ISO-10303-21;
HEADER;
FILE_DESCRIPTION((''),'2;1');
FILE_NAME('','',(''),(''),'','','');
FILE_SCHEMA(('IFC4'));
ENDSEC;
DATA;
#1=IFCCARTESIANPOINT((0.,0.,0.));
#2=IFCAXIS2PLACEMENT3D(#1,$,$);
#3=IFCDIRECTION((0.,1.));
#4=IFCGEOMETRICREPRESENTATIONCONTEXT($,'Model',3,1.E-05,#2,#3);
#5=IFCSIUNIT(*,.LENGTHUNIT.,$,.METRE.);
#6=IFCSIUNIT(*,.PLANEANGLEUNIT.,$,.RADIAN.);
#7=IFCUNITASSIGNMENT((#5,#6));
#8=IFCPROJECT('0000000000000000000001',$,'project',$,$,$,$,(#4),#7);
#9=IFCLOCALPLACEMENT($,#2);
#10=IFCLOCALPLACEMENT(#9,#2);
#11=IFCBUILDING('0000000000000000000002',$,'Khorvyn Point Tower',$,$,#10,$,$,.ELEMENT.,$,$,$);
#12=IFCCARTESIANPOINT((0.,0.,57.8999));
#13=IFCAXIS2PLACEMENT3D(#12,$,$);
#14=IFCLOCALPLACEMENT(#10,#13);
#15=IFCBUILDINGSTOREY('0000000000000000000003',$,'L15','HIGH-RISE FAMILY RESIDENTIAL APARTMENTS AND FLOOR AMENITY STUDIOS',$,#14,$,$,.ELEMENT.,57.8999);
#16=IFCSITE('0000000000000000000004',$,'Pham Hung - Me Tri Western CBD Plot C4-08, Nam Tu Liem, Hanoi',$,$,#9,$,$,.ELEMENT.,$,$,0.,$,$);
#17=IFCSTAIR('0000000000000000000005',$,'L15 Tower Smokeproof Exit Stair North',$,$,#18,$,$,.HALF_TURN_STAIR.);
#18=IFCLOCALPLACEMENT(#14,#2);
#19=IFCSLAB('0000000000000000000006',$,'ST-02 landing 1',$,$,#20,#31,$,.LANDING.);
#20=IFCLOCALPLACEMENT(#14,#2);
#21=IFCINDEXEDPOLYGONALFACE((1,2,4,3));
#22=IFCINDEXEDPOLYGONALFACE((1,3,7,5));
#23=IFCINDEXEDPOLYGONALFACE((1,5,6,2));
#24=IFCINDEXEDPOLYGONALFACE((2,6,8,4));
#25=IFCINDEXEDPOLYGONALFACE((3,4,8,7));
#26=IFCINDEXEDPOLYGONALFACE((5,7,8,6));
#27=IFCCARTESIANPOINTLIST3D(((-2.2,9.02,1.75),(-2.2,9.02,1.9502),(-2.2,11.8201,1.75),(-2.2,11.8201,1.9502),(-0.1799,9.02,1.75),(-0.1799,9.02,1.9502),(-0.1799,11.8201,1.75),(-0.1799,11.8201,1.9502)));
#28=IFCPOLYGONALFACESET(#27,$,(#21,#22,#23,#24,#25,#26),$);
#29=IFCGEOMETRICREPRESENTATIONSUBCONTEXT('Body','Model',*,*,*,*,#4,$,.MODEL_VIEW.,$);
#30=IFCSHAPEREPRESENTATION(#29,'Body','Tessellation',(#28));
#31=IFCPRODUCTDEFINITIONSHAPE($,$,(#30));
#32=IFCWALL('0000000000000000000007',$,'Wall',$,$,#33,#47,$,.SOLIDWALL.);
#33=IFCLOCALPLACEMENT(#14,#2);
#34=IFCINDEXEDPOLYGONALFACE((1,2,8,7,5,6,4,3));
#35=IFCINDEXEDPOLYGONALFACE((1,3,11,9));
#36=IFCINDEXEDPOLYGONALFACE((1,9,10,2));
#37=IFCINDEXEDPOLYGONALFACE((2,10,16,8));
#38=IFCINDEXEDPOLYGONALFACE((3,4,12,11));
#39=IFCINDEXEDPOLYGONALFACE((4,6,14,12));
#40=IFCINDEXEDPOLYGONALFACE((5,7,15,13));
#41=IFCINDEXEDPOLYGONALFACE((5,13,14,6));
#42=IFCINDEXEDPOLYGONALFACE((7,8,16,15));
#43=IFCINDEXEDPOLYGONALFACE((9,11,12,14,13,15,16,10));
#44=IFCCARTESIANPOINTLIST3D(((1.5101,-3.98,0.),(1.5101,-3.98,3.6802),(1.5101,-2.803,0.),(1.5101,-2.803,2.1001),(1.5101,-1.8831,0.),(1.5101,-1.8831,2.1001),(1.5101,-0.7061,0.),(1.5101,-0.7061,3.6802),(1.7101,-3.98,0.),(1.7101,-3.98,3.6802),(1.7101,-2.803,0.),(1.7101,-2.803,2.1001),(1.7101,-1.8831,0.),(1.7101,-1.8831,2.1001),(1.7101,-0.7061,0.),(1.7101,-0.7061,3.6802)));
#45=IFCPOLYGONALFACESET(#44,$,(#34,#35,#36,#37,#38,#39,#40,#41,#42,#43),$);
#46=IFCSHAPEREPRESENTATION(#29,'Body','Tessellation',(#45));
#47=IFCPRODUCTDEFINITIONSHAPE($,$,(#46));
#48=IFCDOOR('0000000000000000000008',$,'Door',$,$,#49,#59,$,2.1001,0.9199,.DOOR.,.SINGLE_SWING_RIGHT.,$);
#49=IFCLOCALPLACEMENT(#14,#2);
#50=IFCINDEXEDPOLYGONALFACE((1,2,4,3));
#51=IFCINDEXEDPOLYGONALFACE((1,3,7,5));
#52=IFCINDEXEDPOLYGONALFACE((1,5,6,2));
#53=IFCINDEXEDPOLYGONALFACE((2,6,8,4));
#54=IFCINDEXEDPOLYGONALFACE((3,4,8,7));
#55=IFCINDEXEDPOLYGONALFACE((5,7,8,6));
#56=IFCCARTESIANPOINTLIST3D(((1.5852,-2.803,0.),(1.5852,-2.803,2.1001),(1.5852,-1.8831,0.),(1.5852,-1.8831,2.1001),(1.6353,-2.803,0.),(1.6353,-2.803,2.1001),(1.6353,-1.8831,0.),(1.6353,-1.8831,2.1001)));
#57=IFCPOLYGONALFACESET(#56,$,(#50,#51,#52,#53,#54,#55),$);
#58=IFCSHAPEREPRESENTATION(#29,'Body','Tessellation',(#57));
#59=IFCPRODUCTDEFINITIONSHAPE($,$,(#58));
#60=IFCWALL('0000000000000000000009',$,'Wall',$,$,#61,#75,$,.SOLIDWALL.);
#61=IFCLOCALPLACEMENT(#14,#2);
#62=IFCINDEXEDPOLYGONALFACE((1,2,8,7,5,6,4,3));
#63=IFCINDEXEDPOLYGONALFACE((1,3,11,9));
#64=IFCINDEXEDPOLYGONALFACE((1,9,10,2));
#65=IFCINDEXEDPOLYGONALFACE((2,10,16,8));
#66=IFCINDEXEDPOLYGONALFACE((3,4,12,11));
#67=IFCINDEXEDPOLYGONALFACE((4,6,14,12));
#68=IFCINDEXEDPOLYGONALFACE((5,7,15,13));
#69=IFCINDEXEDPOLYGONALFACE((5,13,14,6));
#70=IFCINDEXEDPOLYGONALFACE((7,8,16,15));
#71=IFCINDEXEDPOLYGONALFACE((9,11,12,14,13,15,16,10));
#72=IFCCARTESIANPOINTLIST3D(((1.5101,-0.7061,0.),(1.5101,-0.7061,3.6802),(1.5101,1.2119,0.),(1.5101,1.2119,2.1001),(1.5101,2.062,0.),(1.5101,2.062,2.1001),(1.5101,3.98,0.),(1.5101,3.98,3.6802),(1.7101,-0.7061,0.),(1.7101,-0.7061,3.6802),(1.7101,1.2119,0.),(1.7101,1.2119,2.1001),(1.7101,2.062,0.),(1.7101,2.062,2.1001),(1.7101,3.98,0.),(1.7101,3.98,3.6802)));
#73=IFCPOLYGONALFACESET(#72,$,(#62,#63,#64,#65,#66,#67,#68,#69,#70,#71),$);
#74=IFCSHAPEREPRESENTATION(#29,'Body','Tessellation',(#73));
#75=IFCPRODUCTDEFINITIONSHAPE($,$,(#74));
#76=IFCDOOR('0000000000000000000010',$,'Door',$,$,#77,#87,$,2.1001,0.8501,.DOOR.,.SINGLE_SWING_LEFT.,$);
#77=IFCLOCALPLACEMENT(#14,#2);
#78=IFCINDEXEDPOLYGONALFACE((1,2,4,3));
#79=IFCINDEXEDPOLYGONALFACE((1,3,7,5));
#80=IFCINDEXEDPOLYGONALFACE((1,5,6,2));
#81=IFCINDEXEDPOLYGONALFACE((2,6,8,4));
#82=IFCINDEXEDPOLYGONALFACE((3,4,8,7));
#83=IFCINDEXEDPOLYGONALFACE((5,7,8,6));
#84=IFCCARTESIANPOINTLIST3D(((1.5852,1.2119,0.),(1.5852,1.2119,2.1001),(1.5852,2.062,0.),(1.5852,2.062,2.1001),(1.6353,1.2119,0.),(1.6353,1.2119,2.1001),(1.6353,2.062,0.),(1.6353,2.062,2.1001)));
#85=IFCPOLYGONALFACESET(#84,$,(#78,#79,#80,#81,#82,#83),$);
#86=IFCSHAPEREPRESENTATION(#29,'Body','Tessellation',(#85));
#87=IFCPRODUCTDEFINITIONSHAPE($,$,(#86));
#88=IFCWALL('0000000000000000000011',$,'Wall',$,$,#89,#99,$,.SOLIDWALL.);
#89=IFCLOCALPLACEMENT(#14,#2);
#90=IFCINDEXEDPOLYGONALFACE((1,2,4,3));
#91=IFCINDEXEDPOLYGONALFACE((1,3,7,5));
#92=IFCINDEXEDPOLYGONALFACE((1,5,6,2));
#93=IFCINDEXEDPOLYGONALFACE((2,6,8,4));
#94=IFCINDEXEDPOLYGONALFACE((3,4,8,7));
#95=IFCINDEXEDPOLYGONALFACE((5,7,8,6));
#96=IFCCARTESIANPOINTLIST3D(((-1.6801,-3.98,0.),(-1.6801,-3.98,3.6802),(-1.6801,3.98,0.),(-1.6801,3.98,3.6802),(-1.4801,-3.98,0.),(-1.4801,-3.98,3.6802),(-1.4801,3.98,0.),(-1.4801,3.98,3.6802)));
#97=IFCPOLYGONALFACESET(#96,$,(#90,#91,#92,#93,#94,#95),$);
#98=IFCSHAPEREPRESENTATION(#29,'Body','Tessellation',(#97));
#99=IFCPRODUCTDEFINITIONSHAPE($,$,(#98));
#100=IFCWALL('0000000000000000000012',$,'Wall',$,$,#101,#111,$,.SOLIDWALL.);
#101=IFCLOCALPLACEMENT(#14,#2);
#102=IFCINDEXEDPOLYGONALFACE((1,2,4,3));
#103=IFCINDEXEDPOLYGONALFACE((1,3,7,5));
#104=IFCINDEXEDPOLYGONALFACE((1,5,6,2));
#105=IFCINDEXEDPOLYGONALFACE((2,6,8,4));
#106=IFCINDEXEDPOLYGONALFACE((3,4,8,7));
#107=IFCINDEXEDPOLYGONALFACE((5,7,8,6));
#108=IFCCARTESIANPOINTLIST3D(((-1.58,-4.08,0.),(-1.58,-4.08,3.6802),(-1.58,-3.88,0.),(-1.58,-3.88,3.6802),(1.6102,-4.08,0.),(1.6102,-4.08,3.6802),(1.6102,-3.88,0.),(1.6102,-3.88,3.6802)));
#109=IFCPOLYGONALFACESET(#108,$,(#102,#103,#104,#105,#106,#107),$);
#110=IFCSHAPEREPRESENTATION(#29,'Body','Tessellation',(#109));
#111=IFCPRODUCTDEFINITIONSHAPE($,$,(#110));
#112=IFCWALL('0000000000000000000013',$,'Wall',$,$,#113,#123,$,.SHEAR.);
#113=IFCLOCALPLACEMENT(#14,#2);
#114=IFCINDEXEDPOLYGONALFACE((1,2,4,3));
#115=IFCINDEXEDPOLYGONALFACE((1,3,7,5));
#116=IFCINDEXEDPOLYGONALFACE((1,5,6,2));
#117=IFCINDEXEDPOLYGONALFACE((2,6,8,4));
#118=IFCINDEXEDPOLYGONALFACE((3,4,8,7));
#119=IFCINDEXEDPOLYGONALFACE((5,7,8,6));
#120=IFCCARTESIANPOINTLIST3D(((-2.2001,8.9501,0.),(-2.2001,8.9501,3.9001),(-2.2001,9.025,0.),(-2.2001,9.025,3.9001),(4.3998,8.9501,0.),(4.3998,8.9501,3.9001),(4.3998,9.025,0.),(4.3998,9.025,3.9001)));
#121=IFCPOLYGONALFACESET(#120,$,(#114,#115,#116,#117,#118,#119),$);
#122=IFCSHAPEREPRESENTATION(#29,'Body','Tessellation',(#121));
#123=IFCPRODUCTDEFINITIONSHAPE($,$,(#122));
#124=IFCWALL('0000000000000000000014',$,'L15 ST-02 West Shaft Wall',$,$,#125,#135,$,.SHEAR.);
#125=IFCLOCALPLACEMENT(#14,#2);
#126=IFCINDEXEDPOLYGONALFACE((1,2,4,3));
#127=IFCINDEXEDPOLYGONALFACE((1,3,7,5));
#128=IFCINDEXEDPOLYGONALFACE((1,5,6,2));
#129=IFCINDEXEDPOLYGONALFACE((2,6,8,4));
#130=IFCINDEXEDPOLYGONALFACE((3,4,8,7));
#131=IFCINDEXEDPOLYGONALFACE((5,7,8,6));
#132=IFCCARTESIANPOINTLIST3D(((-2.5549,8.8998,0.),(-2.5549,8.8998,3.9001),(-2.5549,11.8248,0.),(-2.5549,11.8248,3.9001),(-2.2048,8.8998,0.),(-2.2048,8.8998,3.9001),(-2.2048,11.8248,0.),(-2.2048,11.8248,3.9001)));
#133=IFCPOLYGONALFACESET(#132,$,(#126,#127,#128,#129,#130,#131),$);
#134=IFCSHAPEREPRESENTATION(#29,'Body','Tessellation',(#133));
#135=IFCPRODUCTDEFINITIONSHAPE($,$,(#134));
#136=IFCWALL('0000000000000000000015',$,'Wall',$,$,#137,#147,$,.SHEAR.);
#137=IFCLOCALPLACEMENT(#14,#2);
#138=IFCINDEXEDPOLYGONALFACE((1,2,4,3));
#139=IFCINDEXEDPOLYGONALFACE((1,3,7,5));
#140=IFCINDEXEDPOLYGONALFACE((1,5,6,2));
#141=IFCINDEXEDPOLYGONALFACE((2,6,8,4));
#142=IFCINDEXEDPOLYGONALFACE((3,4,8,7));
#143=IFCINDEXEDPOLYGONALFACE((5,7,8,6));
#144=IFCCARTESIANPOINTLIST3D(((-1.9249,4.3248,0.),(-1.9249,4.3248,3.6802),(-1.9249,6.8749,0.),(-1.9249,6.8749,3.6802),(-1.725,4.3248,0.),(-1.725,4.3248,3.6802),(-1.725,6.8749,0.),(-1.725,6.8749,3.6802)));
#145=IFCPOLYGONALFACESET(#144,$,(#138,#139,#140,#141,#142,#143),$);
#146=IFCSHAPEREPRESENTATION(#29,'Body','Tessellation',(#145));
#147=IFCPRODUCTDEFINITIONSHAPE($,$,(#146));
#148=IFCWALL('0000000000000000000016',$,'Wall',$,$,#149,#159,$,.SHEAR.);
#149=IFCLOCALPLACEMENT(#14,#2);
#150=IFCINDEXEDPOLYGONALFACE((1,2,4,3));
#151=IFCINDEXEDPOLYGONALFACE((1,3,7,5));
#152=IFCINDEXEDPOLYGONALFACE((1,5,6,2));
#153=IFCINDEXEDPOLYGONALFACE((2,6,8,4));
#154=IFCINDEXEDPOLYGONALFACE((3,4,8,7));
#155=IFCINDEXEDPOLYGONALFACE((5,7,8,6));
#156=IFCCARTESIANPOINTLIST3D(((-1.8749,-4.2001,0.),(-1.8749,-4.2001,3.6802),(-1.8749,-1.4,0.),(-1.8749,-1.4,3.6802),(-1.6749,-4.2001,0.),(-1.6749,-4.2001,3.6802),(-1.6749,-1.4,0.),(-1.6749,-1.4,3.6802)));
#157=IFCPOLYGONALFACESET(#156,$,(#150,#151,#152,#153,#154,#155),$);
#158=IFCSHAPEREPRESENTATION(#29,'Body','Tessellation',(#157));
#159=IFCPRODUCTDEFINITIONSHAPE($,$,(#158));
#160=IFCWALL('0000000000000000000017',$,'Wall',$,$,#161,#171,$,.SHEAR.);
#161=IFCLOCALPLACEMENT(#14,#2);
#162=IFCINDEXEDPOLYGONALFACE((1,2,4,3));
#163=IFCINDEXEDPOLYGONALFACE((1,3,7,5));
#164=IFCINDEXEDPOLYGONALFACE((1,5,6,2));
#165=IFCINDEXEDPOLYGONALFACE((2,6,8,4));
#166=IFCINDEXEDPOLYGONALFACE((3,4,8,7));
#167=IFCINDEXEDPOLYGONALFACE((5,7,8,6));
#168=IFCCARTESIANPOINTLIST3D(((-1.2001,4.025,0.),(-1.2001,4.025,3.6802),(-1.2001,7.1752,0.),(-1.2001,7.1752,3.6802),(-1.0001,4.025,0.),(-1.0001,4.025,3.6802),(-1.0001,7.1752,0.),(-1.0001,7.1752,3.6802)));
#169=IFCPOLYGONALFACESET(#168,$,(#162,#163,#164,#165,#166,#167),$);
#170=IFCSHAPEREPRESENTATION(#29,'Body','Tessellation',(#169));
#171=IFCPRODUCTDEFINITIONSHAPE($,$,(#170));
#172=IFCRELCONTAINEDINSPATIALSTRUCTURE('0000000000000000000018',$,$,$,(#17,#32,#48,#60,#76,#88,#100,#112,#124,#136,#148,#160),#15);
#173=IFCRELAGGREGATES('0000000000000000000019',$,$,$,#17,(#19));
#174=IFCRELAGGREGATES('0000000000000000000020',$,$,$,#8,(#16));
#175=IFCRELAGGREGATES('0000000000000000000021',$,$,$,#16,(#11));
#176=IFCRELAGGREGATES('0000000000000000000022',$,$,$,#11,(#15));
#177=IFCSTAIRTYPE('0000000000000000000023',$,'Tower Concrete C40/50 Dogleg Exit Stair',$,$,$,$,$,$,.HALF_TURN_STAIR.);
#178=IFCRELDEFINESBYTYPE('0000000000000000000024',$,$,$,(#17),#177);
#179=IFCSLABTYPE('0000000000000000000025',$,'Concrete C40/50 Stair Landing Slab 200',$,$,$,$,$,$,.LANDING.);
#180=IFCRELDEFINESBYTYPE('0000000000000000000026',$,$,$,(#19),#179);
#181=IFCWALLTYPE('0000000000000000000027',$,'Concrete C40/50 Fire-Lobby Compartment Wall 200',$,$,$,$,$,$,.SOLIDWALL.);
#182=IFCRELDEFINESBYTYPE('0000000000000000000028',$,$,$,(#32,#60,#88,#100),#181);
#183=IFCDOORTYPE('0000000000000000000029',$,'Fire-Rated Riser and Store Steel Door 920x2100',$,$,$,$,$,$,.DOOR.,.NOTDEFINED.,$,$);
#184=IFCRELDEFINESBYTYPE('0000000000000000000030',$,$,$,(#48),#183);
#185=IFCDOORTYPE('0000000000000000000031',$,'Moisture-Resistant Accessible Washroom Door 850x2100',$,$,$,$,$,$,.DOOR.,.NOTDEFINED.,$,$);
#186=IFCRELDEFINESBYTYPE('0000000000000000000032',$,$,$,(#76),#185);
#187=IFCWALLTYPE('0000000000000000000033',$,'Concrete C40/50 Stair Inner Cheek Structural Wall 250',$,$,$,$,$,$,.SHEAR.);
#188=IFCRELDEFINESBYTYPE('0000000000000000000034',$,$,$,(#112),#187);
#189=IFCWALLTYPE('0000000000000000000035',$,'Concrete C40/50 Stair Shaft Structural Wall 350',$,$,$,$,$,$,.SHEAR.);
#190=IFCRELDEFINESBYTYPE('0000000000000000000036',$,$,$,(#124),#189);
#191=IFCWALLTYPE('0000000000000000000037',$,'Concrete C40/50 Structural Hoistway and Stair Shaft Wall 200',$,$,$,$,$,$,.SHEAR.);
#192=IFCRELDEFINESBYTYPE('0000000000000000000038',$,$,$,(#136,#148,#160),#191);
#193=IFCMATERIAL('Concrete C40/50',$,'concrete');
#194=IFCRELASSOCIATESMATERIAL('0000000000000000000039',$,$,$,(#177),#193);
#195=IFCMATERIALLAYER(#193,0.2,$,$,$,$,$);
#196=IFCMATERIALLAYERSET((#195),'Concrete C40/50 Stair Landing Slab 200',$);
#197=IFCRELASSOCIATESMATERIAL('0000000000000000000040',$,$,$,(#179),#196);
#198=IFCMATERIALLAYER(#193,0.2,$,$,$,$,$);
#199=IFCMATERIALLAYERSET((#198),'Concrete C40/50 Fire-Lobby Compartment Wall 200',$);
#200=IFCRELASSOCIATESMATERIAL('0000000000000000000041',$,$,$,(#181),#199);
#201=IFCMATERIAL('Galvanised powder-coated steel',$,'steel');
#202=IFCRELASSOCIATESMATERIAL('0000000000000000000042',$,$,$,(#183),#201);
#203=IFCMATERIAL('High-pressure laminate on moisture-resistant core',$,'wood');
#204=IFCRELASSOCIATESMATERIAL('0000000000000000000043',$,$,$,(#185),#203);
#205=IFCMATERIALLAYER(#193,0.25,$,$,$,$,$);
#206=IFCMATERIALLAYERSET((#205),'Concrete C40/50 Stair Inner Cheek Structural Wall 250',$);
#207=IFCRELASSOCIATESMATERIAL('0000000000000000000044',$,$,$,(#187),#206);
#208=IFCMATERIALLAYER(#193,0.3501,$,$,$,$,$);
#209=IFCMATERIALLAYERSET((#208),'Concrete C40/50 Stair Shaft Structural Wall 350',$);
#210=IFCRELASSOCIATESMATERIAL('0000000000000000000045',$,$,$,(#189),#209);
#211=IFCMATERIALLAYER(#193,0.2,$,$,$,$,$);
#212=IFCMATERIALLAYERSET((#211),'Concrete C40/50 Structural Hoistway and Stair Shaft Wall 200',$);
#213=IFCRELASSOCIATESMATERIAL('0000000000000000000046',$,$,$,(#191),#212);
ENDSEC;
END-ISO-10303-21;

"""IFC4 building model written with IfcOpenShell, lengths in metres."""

from ifc_helpers import new_model, si_unit, direction, frame, frame_2d, origin, place, context, subcontext, project, spatial, polyline, rectangle, outline, extrude, material, layer, layer_set, type_object, element, fill, aggregate, save


model = new_model("IFC4")

# Units and contexts
model_context = context("Model", 3, precision=1e-05, world=origin(), true_north=direction((0.0, 1.0)))
body_context = subcontext(model_context, "Body", "Model", "MODEL_VIEW")
ifc_project = project(units=[si_unit("LENGTHUNIT", "METRE"), si_unit("PLANEANGLEUNIT", "RADIAN")], contexts=[model_context])

# Site, building, storey
site_placement = place(None, origin())
site = spatial("IfcSite", under=ifc_project, at=site_placement, Name="Pham Hung - Me Tri Western CBD Plot C4-08, Nam Tu Liem, Hanoi", CompositionType="ELEMENT", RefElevation=0.0)
building_placement = place(site_placement, origin())
building = spatial("IfcBuilding", under=site, at=building_placement, Name="Khorvyn Point Tower", CompositionType="ELEMENT")
storey_placement = place(building_placement, frame((0.0, 0.0, 57.8999)))
storey = spatial("IfcBuildingStorey", under=building, at=storey_placement, Name="L15", Description="HIGH-RISE FAMILY RESIDENTIAL APARTMENTS AND FLOOR AMENITY STUDIOS", CompositionType="ELEMENT", Elevation=57.8999)

# Shared definitions
ifc_material_1 = material(Name="Concrete C40/50", Category="concrete")

# Stair, slab
stair_type = type_object("IfcStairType", Name="Tower Concrete C40/50 Dogleg Exit Stair", PredefinedType="HALF_TURN_STAIR", material=ifc_material_1)
ifc_layer_1 = layer(ifc_material_1, 0.2)
ifc_layer_set_1 = layer_set([ifc_layer_1], Name="Concrete C40/50 Stair Landing Slab 200")
slab_type_1 = type_object("IfcSlabType", Name="Concrete C40/50 Stair Landing Slab 200", PredefinedType="LANDING", material=ifc_layer_set_1)
stair_1_placement = place(storey_placement, origin())
stair_1 = element("IfcStair", 1, at=stair_1_placement, inside=storey, type_object=stair_type, Name="L15 Tower Smokeproof Exit Stair North", PredefinedType="HALF_TURN_STAIR")
slab_1_placement = place(storey_placement, frame((0.0, 0.0, 1.75)))
slab_1 = element("IfcSlab", 2, at=slab_1_placement, type_object=slab_type_1, Name="ST-02 landing 1", PredefinedType="LANDING", context=body_context, shape_type="SweptSolid", body=[
    extrude(outline(polyline([(-0.1799, 11.8201), (-2.2, 11.8201), (-2.2, 9.02), (-0.1799, 9.02), (-0.1799, 11.8201)])), origin(), (0.0, 0.0, 1.0), 0.2002),
])

# Walls, openings, doors
ifc_layer_2 = layer(ifc_material_1, 0.2)
ifc_layer_set_2 = layer_set([ifc_layer_2], Name="Concrete C40/50 Fire-Lobby Compartment Wall 200")
wall_type_1 = type_object("IfcWallType", Name="Concrete C40/50 Fire-Lobby Compartment Wall 200", PredefinedType="SOLIDWALL", material=ifc_layer_set_2)
wall_1_placement = place(storey_placement, frame((1.6101, -3.98, 0.0), z_axis=(0.0, 0.0, 1.0), x_axis=(0.0, 1.0, 0.0)))
wall_1 = element("IfcWall", 3, at=wall_1_placement, inside=storey, type_object=wall_type_1, Name="Wall", PredefinedType="SOLIDWALL", context=body_context, shape_type="SweptSolid", body=[
    extrude(rectangle(XDim=3.2739, YDim=0.2, at=frame_2d((1.637, 0.0))), origin(), (0.0, 0.0, 1.0), 3.6802),
])
opening_1_placement = place(wall_1_placement, frame((1.177, 0.0, 0.0)))
opening_1 = element("IfcOpeningElement", 4, at=opening_1_placement, cuts=wall_1, PredefinedType="OPENING", context=body_context, shape_type="SweptSolid", body=[
    extrude(rectangle(XDim=0.9199, YDim=2.1001, at=frame_2d((0.46, 1.05))), frame((0.0, 0.1099, 0.0), z_axis=(0.0, -1.0, 0.0), x_axis=(1.0, 0.0, 0.0)), (0.0, 0.0, 1.0), 0.22),
])
ifc_material_2 = material(Name="Galvanised powder-coated steel", Category="steel")
door_type_1 = type_object("IfcDoorType", Name="Fire-Rated Riser and Store Steel Door 920x2100", OperationType="NOTDEFINED", PredefinedType="DOOR", material=ifc_material_2)
door_1_placement = place(opening_1_placement, origin())
door_1 = element("IfcDoor", 5, at=door_1_placement, inside=storey, type_object=door_type_1, Name="Door", OperationType="SINGLE_SWING_RIGHT", OverallHeight=2.1001, OverallWidth=0.9199, PredefinedType="DOOR", context=body_context, shape_type="SweptSolid", body=[
    extrude(rectangle(XDim=0.9199, YDim=2.1001, at=frame_2d((0.46, 1.05))), frame((0.0, 0.0249, 0.0), z_axis=(0.0, -1.0, 0.0), x_axis=(1.0, 0.0, 0.0)), (0.0, 0.0, 1.0), 0.05),
])
fill(opening_1, door_1)
wall_2_placement = place(storey_placement, frame((1.6101, -0.7061, 0.0), z_axis=(0.0, 0.0, 1.0), x_axis=(0.0, 1.0, 0.0)))
wall_2 = element("IfcWall", 6, at=wall_2_placement, inside=storey, type_object=wall_type_1, Name="Wall", PredefinedType="SOLIDWALL", context=body_context, shape_type="SweptSolid", body=[
    extrude(rectangle(XDim=4.686, YDim=0.2, at=frame_2d((2.343, 0.0))), origin(), (0.0, 0.0, 1.0), 3.6802),
])
opening_2_placement = place(wall_2_placement, frame((1.918, 0.0, 0.0)))
opening_2 = element("IfcOpeningElement", 7, at=opening_2_placement, cuts=wall_2, PredefinedType="OPENING", context=body_context, shape_type="SweptSolid", body=[
    extrude(rectangle(XDim=0.8501, YDim=2.1001, at=frame_2d((0.425, 1.05))), frame((0.0, 0.1099, 0.0), z_axis=(0.0, -1.0, 0.0), x_axis=(1.0, 0.0, 0.0)), (0.0, 0.0, 1.0), 0.22),
])
ifc_material_3 = material(Name="High-pressure laminate on moisture-resistant core", Category="wood")
door_type_2 = type_object("IfcDoorType", Name="Moisture-Resistant Accessible Washroom Door 850x2100", OperationType="NOTDEFINED", PredefinedType="DOOR", material=ifc_material_3)
door_2_placement = place(opening_2_placement, origin())
door_2 = element("IfcDoor", 8, at=door_2_placement, inside=storey, type_object=door_type_2, Name="Door", OperationType="SINGLE_SWING_LEFT", OverallHeight=2.1001, OverallWidth=0.8501, PredefinedType="DOOR", context=body_context, shape_type="SweptSolid", body=[
    extrude(rectangle(XDim=0.8501, YDim=2.1001, at=frame_2d((0.425, 1.05))), frame((0.0, 0.0249, 0.0), z_axis=(0.0, -1.0, 0.0), x_axis=(1.0, 0.0, 0.0)), (0.0, 0.0, 1.0), 0.05),
])
fill(opening_2, door_2)

# Walls
wall_3_placement = place(storey_placement, frame((-1.5801, -3.98, 0.0), z_axis=(0.0, 0.0, 1.0), x_axis=(0.0, 1.0, 0.0)))
element("IfcWall", 9, at=wall_3_placement, inside=storey, type_object=wall_type_1, Name="Wall", PredefinedType="SOLIDWALL", context=body_context, shape_type="SweptSolid", body=[
    extrude(rectangle(XDim=7.96, YDim=0.2, at=frame_2d((3.98, 0.0))), origin(), (0.0, 0.0, 1.0), 3.6802),
])
wall_4_placement = place(storey_placement, frame((-1.5801, -3.98, 0.0), z_axis=(0.0, 0.0, 1.0), x_axis=(1.0, 0.0, 0.0)))
element("IfcWall", 10, at=wall_4_placement, inside=storey, type_object=wall_type_1, Name="Wall", PredefinedType="SOLIDWALL", context=body_context, shape_type="SweptSolid", body=[
    extrude(rectangle(XDim=3.1902, YDim=0.2, at=frame_2d((1.5952, 0.0))), origin(), (0.0, 0.0, 1.0), 3.6802),
])
ifc_layer_3 = layer(ifc_material_1, 0.25)
ifc_layer_set_3 = layer_set([ifc_layer_3], Name="Concrete C40/50 Stair Inner Cheek Structural Wall 250")
wall_type_2 = type_object("IfcWallType", Name="Concrete C40/50 Stair Inner Cheek Structural Wall 250", PredefinedType="SHEAR", material=ifc_layer_set_3)
wall_5_placement = place(storey_placement, frame((-2.2, 8.9875, 0.0), z_axis=(0.0, 0.0, 1.0), x_axis=(1.0, 0.0, 0.0)))
element("IfcWall", 11, at=wall_5_placement, inside=storey, type_object=wall_type_2, Name="Wall", PredefinedType="SHEAR", context=body_context, shape_type="SweptSolid", body=[
    extrude(rectangle(XDim=6.5999, YDim=0.075, at=frame_2d((3.2998, 0.0))), origin(), (0.0, 0.0, 1.0), 3.9001),
])
ifc_layer_4 = layer(ifc_material_1, 0.3501)
ifc_layer_set_4 = layer_set([ifc_layer_4], Name="Concrete C40/50 Stair Shaft Structural Wall 350")
wall_type_3 = type_object("IfcWallType", Name="Concrete C40/50 Stair Shaft Structural Wall 350", PredefinedType="SHEAR", material=ifc_layer_set_4)
wall_6_placement = place(storey_placement, frame((-2.3799, 8.8999, 0.0), z_axis=(0.0, 0.0, 1.0), x_axis=(0.0, 1.0, 0.0)))
element("IfcWall", 12, at=wall_6_placement, inside=storey, type_object=wall_type_3, Name="L15 ST-02 West Shaft Wall", PredefinedType="SHEAR", context=body_context, shape_type="SweptSolid", body=[
    extrude(rectangle(XDim=2.925, YDim=0.3501, at=frame_2d((1.4624, 0.0))), origin(), (0.0, 0.0, 1.0), 3.9001),
])
ifc_layer_5 = layer(ifc_material_1, 0.2)
ifc_layer_set_5 = layer_set([ifc_layer_5], Name="Concrete C40/50 Structural Hoistway and Stair Shaft Wall 200")
wall_type_4 = type_object("IfcWallType", Name="Concrete C40/50 Structural Hoistway and Stair Shaft Wall 200", PredefinedType="SHEAR", material=ifc_layer_set_5)
wall_7_placement = place(storey_placement, frame((-1.825, 4.325, 0.0), z_axis=(0.0, 0.0, 1.0), x_axis=(0.0, 1.0, 0.0)))
element("IfcWall", 13, at=wall_7_placement, inside=storey, type_object=wall_type_4, Name="Wall", PredefinedType="SHEAR", context=body_context, shape_type="SweptSolid", body=[
    extrude(rectangle(XDim=2.55, YDim=0.2, at=frame_2d((1.2749, 0.0))), origin(), (0.0, 0.0, 1.0), 3.6802),
])
wall_8_placement = place(storey_placement, frame((-1.7749, -4.2, 0.0), z_axis=(0.0, 0.0, 1.0), x_axis=(0.0, 1.0, 0.0)))
element("IfcWall", 14, at=wall_8_placement, inside=storey, type_object=wall_type_4, Name="Wall", PredefinedType="SHEAR", context=body_context, shape_type="SweptSolid", body=[
    extrude(rectangle(XDim=2.8, YDim=0.2, at=frame_2d((1.3999, 0.0))), origin(), (0.0, 0.0, 1.0), 3.6802),
])
wall_9_placement = place(storey_placement, frame((-1.1001, 4.0249, 0.0), z_axis=(0.0, 0.0, 1.0), x_axis=(0.0, 1.0, 0.0)))
element("IfcWall", 15, at=wall_9_placement, inside=storey, type_object=wall_type_4, Name="Wall", PredefinedType="SHEAR", context=body_context, shape_type="SweptSolid", body=[
    extrude(rectangle(XDim=3.1501, YDim=0.2, at=frame_2d((1.5752, 0.0))), origin(), (0.0, 0.0, 1.0), 3.6802),
])

aggregate(stair_1, [slab_1])

save(model, "model.ifc")
